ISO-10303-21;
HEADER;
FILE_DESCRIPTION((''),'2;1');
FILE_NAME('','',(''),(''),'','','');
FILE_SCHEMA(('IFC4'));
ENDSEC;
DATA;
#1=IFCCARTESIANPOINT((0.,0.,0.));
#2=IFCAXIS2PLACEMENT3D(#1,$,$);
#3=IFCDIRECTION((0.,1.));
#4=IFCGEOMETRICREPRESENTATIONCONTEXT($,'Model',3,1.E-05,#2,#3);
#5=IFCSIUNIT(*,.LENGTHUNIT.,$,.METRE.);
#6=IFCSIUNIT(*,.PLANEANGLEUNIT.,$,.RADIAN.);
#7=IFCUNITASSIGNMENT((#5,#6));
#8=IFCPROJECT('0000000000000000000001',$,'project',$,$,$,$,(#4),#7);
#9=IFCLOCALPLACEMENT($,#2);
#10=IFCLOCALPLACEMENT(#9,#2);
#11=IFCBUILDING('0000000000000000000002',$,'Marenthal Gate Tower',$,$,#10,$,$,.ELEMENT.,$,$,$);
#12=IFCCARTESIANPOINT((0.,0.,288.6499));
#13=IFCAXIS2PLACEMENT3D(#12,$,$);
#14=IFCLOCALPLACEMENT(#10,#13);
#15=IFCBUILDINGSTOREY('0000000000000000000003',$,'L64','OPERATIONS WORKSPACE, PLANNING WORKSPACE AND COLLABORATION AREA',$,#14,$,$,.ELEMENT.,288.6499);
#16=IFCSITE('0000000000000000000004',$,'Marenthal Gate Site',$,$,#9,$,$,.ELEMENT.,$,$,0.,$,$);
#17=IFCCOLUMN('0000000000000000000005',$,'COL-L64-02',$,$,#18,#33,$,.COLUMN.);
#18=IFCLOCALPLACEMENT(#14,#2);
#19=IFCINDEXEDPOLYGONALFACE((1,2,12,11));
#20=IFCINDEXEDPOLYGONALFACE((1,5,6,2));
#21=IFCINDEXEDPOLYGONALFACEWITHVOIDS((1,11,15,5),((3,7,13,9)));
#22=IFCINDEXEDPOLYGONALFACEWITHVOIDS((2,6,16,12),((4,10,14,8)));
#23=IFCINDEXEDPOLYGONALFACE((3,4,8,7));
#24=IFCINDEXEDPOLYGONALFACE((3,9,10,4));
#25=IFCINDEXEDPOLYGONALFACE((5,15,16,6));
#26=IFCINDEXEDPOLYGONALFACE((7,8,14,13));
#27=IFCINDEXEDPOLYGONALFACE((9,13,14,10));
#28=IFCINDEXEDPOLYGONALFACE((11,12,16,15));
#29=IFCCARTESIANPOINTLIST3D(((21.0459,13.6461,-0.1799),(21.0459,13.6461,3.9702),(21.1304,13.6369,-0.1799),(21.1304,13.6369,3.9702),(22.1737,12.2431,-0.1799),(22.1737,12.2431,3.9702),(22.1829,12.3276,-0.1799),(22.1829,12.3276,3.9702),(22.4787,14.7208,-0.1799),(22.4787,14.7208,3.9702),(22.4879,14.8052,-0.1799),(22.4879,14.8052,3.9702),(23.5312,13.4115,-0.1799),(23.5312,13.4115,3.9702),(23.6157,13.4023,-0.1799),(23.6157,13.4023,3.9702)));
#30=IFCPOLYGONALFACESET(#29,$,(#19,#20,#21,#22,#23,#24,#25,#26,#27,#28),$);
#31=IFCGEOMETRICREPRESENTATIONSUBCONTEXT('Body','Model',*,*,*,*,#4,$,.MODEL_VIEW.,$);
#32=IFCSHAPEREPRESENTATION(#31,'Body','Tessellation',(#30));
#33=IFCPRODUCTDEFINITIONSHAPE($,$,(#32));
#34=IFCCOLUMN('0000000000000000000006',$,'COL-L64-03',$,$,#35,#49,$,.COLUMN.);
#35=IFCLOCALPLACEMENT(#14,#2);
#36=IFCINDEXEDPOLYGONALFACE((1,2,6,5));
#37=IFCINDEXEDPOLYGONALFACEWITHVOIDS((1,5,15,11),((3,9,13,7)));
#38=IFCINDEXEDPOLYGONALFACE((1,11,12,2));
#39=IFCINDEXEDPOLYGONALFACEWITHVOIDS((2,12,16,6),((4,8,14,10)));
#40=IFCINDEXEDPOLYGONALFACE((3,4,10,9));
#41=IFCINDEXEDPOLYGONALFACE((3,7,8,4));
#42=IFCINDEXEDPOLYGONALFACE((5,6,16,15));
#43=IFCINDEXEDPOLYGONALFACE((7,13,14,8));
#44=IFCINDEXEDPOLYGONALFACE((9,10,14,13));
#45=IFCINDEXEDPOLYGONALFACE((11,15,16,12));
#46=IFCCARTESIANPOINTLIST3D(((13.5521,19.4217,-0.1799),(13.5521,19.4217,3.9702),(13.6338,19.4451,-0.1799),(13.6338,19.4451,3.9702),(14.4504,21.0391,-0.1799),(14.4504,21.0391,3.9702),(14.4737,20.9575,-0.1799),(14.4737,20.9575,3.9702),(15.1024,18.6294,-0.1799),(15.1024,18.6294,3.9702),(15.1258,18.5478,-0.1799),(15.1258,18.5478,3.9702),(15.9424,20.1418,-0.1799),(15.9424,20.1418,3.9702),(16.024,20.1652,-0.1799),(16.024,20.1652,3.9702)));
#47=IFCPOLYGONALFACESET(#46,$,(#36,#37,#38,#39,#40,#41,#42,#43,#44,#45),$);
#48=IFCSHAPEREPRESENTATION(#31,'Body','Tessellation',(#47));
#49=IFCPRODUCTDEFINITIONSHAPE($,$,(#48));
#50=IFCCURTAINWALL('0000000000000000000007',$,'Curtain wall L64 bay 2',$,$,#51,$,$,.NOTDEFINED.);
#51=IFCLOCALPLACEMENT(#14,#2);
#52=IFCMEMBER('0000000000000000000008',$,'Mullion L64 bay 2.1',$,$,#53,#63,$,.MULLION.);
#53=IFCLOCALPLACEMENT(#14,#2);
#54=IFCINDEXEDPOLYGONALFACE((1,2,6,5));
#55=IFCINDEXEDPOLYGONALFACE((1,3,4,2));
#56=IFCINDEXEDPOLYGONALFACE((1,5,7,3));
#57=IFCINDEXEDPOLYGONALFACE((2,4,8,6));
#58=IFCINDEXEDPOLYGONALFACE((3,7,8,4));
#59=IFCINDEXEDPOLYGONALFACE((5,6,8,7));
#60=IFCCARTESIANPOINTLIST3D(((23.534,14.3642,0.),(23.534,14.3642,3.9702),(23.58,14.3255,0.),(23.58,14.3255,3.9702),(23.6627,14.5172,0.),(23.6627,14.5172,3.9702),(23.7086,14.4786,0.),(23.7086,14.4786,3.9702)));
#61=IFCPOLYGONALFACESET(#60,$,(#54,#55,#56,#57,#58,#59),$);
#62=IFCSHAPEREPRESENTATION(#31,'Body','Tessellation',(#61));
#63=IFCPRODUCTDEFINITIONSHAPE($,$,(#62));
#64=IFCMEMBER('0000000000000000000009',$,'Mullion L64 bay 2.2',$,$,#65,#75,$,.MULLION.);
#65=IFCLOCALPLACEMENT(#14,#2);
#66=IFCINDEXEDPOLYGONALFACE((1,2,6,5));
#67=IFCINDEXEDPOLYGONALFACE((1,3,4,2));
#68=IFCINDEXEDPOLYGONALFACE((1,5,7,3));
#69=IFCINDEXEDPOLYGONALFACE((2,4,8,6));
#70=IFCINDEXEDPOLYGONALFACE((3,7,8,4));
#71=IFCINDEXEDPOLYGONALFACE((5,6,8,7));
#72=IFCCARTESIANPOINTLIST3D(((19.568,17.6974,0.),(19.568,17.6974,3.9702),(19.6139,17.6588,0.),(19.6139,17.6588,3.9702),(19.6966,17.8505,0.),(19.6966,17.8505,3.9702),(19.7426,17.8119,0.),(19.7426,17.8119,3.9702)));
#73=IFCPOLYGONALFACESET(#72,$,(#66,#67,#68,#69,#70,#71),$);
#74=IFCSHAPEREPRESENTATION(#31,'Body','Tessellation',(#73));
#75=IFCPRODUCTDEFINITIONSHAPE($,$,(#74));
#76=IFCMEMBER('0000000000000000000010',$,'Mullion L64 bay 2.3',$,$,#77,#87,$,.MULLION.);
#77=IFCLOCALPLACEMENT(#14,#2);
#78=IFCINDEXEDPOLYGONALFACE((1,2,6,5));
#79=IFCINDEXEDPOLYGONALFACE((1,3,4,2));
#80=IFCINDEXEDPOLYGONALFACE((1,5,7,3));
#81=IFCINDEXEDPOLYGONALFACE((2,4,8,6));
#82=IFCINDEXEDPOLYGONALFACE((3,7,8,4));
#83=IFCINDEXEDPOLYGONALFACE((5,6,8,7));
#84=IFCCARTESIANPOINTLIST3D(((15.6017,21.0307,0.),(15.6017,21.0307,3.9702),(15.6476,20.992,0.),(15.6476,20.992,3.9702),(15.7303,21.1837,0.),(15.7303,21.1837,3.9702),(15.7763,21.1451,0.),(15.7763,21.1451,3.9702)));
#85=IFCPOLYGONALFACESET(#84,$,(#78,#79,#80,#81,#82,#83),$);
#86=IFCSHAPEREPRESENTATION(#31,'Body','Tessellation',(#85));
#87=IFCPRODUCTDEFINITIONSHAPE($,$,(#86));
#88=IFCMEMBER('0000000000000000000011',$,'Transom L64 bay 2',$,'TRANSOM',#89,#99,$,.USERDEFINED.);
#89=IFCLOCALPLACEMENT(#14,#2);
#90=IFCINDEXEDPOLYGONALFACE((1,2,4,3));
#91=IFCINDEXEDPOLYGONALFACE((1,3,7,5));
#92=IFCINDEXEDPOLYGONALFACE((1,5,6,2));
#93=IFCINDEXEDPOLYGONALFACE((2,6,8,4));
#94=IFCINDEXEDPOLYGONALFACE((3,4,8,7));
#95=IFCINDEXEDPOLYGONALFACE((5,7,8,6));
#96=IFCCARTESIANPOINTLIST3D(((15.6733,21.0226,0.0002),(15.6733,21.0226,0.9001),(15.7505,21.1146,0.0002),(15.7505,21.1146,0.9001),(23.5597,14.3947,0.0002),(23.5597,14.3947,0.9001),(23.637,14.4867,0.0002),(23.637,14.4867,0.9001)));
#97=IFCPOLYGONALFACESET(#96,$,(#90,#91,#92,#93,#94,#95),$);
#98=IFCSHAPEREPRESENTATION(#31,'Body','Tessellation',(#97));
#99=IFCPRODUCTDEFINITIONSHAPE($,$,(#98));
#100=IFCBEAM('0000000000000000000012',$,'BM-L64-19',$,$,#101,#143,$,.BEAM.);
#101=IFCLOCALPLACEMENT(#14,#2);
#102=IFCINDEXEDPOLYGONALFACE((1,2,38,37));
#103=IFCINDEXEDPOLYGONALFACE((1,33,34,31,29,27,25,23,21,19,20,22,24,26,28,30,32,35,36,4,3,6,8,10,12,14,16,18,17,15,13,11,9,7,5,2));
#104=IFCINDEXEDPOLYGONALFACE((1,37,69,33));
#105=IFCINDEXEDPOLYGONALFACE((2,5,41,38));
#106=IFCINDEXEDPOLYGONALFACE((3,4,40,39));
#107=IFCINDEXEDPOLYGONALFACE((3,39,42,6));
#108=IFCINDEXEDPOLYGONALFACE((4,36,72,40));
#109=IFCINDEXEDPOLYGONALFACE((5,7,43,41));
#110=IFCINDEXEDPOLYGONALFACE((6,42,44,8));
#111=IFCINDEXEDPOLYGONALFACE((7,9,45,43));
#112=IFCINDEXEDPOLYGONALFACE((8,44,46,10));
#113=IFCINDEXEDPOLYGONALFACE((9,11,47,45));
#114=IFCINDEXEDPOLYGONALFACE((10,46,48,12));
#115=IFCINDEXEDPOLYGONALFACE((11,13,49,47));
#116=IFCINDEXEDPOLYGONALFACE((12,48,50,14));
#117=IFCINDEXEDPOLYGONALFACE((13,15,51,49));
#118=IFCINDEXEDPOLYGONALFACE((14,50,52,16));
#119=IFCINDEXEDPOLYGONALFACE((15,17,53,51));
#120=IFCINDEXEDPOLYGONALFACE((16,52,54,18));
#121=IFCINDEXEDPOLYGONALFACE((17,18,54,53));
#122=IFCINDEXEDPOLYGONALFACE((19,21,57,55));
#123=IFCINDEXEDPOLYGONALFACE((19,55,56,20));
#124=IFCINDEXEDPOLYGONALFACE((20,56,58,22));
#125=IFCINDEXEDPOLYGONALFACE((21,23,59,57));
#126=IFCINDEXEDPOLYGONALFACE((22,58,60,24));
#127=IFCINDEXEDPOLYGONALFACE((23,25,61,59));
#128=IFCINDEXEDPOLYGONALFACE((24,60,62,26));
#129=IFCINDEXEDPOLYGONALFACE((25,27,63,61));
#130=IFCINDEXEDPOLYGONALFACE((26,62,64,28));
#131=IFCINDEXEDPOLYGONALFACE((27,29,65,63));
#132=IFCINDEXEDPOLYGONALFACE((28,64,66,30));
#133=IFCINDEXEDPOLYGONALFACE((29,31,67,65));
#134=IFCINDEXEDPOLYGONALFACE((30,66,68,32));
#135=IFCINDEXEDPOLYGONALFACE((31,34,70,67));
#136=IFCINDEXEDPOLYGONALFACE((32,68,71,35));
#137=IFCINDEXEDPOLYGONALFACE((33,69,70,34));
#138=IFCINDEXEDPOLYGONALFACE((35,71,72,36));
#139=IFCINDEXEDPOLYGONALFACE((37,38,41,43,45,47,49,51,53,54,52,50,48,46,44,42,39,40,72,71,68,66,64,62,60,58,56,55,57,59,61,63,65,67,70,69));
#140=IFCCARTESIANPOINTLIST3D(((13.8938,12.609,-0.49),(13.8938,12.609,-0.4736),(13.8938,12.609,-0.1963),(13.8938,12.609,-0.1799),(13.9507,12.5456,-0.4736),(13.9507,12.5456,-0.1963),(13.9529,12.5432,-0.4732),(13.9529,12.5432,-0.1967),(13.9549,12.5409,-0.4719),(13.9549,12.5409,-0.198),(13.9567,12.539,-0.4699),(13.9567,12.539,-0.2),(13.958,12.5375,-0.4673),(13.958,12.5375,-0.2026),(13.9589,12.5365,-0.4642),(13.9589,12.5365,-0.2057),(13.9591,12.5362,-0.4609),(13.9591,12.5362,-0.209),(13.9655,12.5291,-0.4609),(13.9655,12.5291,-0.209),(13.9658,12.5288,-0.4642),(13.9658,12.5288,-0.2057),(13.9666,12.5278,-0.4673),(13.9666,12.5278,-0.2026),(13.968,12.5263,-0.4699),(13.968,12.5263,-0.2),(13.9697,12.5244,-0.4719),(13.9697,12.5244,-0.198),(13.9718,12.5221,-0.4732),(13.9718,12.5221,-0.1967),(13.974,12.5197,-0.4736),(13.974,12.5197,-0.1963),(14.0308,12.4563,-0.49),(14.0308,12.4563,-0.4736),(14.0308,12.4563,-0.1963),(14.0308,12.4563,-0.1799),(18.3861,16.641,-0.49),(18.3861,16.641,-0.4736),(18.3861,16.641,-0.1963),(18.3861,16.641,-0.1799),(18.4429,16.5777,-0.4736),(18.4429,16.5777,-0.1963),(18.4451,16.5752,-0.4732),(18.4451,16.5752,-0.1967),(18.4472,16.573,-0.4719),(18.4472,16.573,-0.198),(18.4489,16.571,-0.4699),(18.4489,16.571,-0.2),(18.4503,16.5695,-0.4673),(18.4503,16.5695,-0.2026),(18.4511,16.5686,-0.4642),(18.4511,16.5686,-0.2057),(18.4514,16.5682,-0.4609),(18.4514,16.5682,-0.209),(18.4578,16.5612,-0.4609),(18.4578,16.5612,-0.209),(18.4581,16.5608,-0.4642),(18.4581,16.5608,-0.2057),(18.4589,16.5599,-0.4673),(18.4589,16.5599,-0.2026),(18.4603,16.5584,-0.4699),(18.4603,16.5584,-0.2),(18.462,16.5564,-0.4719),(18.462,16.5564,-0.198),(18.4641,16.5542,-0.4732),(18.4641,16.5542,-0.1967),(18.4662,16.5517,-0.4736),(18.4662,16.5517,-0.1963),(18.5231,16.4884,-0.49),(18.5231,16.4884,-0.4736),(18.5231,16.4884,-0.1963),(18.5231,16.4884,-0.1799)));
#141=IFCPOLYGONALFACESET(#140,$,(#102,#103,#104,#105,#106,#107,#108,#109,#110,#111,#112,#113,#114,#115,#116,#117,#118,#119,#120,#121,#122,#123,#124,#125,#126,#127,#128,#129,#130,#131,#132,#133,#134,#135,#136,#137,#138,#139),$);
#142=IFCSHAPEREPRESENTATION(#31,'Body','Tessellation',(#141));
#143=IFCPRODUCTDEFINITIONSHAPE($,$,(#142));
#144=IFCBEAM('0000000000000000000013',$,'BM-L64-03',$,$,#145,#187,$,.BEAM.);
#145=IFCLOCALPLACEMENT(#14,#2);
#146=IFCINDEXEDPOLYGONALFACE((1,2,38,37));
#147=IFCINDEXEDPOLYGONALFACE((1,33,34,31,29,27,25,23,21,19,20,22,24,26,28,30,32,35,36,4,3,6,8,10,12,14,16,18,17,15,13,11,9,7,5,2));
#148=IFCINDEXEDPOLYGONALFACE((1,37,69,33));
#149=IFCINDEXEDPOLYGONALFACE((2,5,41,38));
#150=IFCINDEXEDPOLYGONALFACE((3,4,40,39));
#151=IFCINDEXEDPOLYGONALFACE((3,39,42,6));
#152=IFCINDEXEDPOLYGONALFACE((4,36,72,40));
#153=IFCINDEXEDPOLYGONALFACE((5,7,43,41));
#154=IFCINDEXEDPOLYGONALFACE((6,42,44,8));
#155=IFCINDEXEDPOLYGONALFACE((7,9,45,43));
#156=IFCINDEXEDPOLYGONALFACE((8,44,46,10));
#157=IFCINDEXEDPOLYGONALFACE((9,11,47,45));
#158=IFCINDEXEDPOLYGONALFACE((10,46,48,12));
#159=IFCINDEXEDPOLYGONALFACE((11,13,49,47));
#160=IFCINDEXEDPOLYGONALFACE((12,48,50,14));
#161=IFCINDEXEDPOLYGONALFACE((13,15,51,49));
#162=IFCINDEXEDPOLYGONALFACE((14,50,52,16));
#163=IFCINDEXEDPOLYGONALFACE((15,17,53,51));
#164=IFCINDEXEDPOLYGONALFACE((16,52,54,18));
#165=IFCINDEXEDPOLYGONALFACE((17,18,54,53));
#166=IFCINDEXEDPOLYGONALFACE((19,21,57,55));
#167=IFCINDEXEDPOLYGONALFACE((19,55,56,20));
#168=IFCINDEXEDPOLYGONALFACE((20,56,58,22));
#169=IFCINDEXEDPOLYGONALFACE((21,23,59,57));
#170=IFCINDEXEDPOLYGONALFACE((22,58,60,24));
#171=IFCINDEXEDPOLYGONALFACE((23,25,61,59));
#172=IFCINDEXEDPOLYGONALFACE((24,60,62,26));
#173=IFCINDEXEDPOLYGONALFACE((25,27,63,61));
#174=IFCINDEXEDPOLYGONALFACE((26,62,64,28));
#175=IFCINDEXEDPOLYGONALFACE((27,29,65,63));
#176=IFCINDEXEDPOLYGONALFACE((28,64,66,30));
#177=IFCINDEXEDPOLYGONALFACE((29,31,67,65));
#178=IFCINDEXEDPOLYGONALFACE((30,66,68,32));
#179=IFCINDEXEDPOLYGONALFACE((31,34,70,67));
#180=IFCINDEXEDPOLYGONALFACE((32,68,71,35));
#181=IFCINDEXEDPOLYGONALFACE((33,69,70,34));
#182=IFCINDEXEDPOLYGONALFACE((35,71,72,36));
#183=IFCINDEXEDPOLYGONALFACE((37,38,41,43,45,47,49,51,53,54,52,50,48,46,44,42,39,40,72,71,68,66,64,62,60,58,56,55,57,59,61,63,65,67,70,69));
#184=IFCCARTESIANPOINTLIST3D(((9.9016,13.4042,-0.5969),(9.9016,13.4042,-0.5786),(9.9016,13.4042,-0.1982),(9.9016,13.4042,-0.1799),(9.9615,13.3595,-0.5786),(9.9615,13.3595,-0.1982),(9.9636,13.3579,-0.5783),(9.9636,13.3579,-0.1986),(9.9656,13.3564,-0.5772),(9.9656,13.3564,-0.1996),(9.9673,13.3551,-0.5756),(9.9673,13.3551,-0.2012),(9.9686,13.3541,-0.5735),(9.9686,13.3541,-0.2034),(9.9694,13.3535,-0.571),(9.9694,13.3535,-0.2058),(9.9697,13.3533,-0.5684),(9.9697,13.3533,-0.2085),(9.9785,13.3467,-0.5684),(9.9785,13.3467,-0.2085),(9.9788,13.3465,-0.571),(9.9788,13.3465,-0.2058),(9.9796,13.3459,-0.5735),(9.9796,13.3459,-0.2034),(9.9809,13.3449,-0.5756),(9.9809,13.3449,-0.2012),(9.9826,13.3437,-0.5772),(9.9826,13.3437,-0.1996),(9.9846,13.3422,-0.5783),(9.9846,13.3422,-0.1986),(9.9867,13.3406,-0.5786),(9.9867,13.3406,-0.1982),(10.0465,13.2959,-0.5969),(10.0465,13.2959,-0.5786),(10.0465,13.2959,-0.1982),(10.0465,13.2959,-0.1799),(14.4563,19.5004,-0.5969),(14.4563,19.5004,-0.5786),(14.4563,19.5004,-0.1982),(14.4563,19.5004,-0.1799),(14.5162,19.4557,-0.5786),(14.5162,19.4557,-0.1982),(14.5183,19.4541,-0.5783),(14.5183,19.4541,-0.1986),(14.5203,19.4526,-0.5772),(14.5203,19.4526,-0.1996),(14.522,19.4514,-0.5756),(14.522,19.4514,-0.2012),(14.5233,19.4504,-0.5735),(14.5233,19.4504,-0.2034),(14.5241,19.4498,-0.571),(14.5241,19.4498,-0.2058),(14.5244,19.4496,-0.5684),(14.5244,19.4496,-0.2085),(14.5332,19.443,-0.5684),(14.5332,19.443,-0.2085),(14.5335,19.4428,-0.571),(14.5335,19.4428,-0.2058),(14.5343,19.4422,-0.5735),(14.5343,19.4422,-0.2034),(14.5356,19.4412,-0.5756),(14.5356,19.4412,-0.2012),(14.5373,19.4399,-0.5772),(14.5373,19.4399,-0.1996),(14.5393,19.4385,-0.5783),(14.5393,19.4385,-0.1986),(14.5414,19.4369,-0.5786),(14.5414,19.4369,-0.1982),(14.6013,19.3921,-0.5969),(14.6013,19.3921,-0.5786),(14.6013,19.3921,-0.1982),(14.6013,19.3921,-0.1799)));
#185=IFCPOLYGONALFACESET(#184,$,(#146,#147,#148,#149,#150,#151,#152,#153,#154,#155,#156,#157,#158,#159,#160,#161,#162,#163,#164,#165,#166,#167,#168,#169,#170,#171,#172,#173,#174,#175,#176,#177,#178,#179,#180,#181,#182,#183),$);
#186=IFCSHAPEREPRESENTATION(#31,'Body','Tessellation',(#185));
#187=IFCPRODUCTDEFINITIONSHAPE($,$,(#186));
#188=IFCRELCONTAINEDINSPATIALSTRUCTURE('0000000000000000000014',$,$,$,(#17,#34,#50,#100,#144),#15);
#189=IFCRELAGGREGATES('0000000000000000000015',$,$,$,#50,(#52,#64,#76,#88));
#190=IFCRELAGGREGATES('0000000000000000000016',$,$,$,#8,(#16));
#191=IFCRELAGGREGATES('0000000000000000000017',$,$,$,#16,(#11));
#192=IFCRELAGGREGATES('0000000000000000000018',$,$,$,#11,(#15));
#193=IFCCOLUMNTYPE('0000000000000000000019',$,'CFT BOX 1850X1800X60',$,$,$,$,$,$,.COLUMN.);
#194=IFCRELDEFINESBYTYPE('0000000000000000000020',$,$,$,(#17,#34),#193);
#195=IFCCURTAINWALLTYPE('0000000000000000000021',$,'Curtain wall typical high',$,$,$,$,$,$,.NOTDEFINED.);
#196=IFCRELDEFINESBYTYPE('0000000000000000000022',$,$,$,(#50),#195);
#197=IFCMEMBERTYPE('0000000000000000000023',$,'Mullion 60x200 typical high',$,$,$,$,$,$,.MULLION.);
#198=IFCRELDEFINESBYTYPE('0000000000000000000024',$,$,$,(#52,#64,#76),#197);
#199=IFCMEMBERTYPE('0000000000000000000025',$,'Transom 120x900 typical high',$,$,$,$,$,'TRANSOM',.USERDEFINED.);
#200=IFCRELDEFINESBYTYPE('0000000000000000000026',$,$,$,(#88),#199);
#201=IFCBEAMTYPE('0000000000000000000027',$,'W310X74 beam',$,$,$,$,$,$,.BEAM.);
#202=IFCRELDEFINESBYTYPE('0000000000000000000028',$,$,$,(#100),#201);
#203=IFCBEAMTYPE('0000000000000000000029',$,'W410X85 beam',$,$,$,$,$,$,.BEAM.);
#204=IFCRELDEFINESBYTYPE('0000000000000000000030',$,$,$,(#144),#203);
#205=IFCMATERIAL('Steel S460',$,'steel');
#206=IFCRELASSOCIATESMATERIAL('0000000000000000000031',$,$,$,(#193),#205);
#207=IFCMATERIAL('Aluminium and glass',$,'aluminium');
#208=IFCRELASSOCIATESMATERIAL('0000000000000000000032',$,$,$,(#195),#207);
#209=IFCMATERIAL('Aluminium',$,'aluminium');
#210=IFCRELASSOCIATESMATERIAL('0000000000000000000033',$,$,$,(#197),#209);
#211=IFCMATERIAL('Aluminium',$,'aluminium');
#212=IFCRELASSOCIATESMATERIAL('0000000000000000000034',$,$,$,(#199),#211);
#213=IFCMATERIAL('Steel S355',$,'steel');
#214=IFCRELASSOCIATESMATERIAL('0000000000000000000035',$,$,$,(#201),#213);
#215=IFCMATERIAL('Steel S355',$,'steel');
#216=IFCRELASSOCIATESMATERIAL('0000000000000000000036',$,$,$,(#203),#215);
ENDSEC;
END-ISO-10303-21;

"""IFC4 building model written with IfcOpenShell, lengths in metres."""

from ifc_helpers import new_model, si_unit, direction, frame, origin, origin_2d, place, context, subcontext, project, spatial, rectangle, hollow_rectangle, i_section, extrude, material, material_profile, profile_set, type_object, element, aggregate, save


model = new_model("IFC4")

# Units and contexts
model_context = context("Model", 3, precision=1e-05, world=origin(), true_north=direction((0.0, 1.0)))
body_context = subcontext(model_context, "Body", "Model", "MODEL_VIEW")
ifc_project = project(units=[si_unit("LENGTHUNIT", "METRE"), si_unit("PLANEANGLEUNIT", "RADIAN")], contexts=[model_context])

# Site, building, storey
site_placement = place(None, origin())
site = spatial("IfcSite", under=ifc_project, at=site_placement, Name="Marenthal Gate Site", CompositionType="ELEMENT", RefElevation=0.0)
building_placement = place(site_placement, origin())
building = spatial("IfcBuilding", under=site, at=building_placement, Name="Marenthal Gate Tower", CompositionType="ELEMENT")
storey_placement = place(building_placement, frame((0.0, 0.0, 288.6499)))
storey = spatial("IfcBuildingStorey", under=building, at=storey_placement, Name="L64", Description="OPERATIONS WORKSPACE, PLANNING WORKSPACE AND COLLABORATION AREA", CompositionType="ELEMENT", Elevation=288.6499)

# Columns
ifc_material_1 = material(Name="Steel S460", Category="steel")
ifc_material_profile_1 = material_profile(ifc_material_1, hollow_rectangle(XDim=1.8, YDim=1.8501, WallThickness=0.0601, at=origin_2d()), Name="CFT BOX 1850X1800X60")
ifc_material_2 = material(Name="Concrete 70 MPa", Category="concrete")
ifc_material_profile_2 = material_profile(ifc_material_2, rectangle(XDim=1.6799, YDim=1.73, at=origin_2d()), Name="CFT BOX 1850X1800X60 INFILL")
ifc_profile_set_1 = profile_set([ifc_material_profile_1, ifc_material_profile_2], Name="Steel S460 shell, Concrete 70 MPa infill")
column_type = type_object("IfcColumnType", Name="CFT BOX 1850X1800X60", PredefinedType="COLUMN", material=ifc_profile_set_1)
for number, where, z_axis, x_axis, name in (
    (1, (22.3308, 13.5242, -0.1799), (0.0, 0.0, 1.0), (0.62654, -0.779389, 0.0), "COL-L64-02"),
    (2, (14.7881, 19.7935, -0.1799), (0.0, 0.0, 1.0), (0.874222, -0.485527, 0.0), "COL-L64-03"),
):
    element("IfcColumn", number, at=place(storey_placement, frame(where, z_axis=z_axis, x_axis=x_axis)), inside=storey, type_object=column_type, Name=name, PredefinedType="COLUMN", context=body_context, shape_type="SweptSolid", body=[
        extrude(hollow_rectangle(XDim=1.8, YDim=1.8501, WallThickness=0.0601, at=origin_2d()), origin(), (0.0, 0.0, 1.0), 4.1501),
    ])

# Curtain wall, members
ifc_material_3 = material(Name="Aluminium and glass", Category="aluminium")
curtain_wall_type = type_object("IfcCurtainWallType", Name="Curtain wall typical high", PredefinedType="NOTDEFINED", material=ifc_material_3)
curtain_wall_placement = place(storey_placement, origin())
curtain_wall = element("IfcCurtainWall", 3, at=curtain_wall_placement, inside=storey, type_object=curtain_wall_type, Name="Curtain wall L64 bay 2", PredefinedType="NOTDEFINED")
ifc_material_4 = material(Name="Aluminium", Category="aluminium")
ifc_material_profile_3 = material_profile(ifc_material_4, rectangle(XDim=0.2, YDim=0.0601, at=origin_2d()), Name="60x200 aluminium mullion")
ifc_profile_set_2 = profile_set([ifc_material_profile_3], Name="Aluminium")
member_type_1 = type_object("IfcMemberType", Name="Mullion 60x200 typical high", PredefinedType="MULLION", material=ifc_profile_set_2)
member_1_placement = place(storey_placement, frame((23.6213, 14.4214, 0.0), z_axis=(0.0, 0.0, 1.0), x_axis=(-0.64338, -0.765547, 0.0)))
member_1 = element("IfcMember", 4, at=member_1_placement, type_object=member_type_1, Name="Mullion L64 bay 2.1", PredefinedType="MULLION", context=body_context, shape_type="SweptSolid", body=[
    extrude(rectangle(XDim=0.2, YDim=0.0601, at=origin_2d()), origin(), (0.0, 0.0, 1.0), 3.9702),
])
member_2_placement = place(storey_placement, frame((19.6553, 17.7546, 0.0), z_axis=(0.0, 0.0, 1.0), x_axis=(-0.64338, -0.765547, 0.0)))
member_2 = element("IfcMember", 5, at=member_2_placement, type_object=member_type_1, Name="Mullion L64 bay 2.2", PredefinedType="MULLION", context=body_context, shape_type="SweptSolid", body=[
    extrude(rectangle(XDim=0.2, YDim=0.0601, at=origin_2d()), origin(), (0.0, 0.0, 1.0), 3.9702),
])
member_3_placement = place(storey_placement, frame((15.689, 21.0879, 0.0), z_axis=(0.0, 0.0, 1.0), x_axis=(-0.64338, -0.765547, 0.0)))
member_3 = element("IfcMember", 6, at=member_3_placement, type_object=member_type_1, Name="Mullion L64 bay 2.3", PredefinedType="MULLION", context=body_context, shape_type="SweptSolid", body=[
    extrude(rectangle(XDim=0.2, YDim=0.0601, at=origin_2d()), origin(), (0.0, 0.0, 1.0), 3.9702),
])
ifc_material_5 = material(Name="Aluminium", Category="aluminium")
ifc_material_profile_4 = material_profile(ifc_material_5, rectangle(XDim=0.1201, YDim=0.8999, at=origin_2d()), Name="120x900 aluminium transom")
ifc_profile_set_3 = profile_set([ifc_material_profile_4], Name="Aluminium")
member_type_2 = type_object("IfcMemberType", Name="Transom 120x900 typical high", ElementType="TRANSOM", PredefinedType="USERDEFINED", material=ifc_profile_set_3)
member_4_placement = place(storey_placement, frame((23.5984, 14.4407, 0.4502), z_axis=(-0.765548, 0.643379, 0.0), x_axis=(-0.643379, -0.765548, 0.0)))
member_4 = element("IfcMember", 7, at=member_4_placement, type_object=member_type_2, Name="Transom L64 bay 2", ObjectType="TRANSOM", PredefinedType="USERDEFINED", context=body_context, shape_type="SweptSolid", body=[
    extrude(rectangle(XDim=0.1201, YDim=0.8999, at=origin_2d()), origin(), (0.0, 0.0, 1.0), 10.3018),
])

# Beams
ifc_material_6 = material(Name="Steel S355", Category="steel")
ifc_material_profile_5 = material_profile(ifc_material_6, i_section(OverallWidth=0.2051, OverallDepth=0.3101, WebThickness=0.0095, FlangeThickness=0.0164, FilletRadius=0.0127, at=origin_2d()), Name="W310X74")
ifc_profile_set_4 = profile_set([ifc_material_profile_5], Name="Steel S355")
beam_type_1 = type_object("IfcBeamType", Name="W310X74 beam", PredefinedType="BEAM", material=ifc_profile_set_4)
beam_1_placement = place(storey_placement, frame((18.4546, 16.5647, -0.335), z_axis=(-0.744198, -0.667959, 0.0), x_axis=(0.667959, -0.744198, 0.0)))
element("IfcBeam", 8, at=beam_1_placement, inside=storey, type_object=beam_type_1, Name="BM-L64-19", PredefinedType="BEAM", context=body_context, shape_type="SweptSolid", body=[
    extrude(i_section(OverallWidth=0.2051, OverallDepth=0.3101, WebThickness=0.0095, FlangeThickness=0.0164, FilletRadius=0.0127, at=origin_2d()), origin(), (0.0, 0.0, 1.0), 6.0364),
])
ifc_material_7 = material(Name="Steel S355", Category="steel")
ifc_material_profile_6 = material_profile(ifc_material_7, i_section(OverallWidth=0.1809, OverallDepth=0.417, WebThickness=0.011, FlangeThickness=0.0183, FilletRadius=0.0103, at=origin_2d()), Name="W410X85")
ifc_profile_set_5 = profile_set([ifc_material_profile_6], Name="Steel S355")
beam_type_2 = type_object("IfcBeamType", Name="W410X85 beam", PredefinedType="BEAM", material=ifc_profile_set_5)
beam_2_placement = place(storey_placement, frame((14.5288, 19.4463, -0.3884), z_axis=(-0.598531, -0.8011, 0.0), x_axis=(0.8011, -0.598531, 0.0)))
element("IfcBeam", 9, at=beam_2_placement, inside=storey, type_object=beam_type_2, Name="BM-L64-03", PredefinedType="BEAM", context=body_context, shape_type="SweptSolid", body=[
    extrude(i_section(OverallWidth=0.1809, OverallDepth=0.417, WebThickness=0.011, FlangeThickness=0.0183, FilletRadius=0.0103, at=origin_2d()), origin(), (0.0, 0.0, 1.0), 7.6099),
])

aggregate(curtain_wall, [member_1, member_2, member_3, member_4])

save(model, "model.ifc")
